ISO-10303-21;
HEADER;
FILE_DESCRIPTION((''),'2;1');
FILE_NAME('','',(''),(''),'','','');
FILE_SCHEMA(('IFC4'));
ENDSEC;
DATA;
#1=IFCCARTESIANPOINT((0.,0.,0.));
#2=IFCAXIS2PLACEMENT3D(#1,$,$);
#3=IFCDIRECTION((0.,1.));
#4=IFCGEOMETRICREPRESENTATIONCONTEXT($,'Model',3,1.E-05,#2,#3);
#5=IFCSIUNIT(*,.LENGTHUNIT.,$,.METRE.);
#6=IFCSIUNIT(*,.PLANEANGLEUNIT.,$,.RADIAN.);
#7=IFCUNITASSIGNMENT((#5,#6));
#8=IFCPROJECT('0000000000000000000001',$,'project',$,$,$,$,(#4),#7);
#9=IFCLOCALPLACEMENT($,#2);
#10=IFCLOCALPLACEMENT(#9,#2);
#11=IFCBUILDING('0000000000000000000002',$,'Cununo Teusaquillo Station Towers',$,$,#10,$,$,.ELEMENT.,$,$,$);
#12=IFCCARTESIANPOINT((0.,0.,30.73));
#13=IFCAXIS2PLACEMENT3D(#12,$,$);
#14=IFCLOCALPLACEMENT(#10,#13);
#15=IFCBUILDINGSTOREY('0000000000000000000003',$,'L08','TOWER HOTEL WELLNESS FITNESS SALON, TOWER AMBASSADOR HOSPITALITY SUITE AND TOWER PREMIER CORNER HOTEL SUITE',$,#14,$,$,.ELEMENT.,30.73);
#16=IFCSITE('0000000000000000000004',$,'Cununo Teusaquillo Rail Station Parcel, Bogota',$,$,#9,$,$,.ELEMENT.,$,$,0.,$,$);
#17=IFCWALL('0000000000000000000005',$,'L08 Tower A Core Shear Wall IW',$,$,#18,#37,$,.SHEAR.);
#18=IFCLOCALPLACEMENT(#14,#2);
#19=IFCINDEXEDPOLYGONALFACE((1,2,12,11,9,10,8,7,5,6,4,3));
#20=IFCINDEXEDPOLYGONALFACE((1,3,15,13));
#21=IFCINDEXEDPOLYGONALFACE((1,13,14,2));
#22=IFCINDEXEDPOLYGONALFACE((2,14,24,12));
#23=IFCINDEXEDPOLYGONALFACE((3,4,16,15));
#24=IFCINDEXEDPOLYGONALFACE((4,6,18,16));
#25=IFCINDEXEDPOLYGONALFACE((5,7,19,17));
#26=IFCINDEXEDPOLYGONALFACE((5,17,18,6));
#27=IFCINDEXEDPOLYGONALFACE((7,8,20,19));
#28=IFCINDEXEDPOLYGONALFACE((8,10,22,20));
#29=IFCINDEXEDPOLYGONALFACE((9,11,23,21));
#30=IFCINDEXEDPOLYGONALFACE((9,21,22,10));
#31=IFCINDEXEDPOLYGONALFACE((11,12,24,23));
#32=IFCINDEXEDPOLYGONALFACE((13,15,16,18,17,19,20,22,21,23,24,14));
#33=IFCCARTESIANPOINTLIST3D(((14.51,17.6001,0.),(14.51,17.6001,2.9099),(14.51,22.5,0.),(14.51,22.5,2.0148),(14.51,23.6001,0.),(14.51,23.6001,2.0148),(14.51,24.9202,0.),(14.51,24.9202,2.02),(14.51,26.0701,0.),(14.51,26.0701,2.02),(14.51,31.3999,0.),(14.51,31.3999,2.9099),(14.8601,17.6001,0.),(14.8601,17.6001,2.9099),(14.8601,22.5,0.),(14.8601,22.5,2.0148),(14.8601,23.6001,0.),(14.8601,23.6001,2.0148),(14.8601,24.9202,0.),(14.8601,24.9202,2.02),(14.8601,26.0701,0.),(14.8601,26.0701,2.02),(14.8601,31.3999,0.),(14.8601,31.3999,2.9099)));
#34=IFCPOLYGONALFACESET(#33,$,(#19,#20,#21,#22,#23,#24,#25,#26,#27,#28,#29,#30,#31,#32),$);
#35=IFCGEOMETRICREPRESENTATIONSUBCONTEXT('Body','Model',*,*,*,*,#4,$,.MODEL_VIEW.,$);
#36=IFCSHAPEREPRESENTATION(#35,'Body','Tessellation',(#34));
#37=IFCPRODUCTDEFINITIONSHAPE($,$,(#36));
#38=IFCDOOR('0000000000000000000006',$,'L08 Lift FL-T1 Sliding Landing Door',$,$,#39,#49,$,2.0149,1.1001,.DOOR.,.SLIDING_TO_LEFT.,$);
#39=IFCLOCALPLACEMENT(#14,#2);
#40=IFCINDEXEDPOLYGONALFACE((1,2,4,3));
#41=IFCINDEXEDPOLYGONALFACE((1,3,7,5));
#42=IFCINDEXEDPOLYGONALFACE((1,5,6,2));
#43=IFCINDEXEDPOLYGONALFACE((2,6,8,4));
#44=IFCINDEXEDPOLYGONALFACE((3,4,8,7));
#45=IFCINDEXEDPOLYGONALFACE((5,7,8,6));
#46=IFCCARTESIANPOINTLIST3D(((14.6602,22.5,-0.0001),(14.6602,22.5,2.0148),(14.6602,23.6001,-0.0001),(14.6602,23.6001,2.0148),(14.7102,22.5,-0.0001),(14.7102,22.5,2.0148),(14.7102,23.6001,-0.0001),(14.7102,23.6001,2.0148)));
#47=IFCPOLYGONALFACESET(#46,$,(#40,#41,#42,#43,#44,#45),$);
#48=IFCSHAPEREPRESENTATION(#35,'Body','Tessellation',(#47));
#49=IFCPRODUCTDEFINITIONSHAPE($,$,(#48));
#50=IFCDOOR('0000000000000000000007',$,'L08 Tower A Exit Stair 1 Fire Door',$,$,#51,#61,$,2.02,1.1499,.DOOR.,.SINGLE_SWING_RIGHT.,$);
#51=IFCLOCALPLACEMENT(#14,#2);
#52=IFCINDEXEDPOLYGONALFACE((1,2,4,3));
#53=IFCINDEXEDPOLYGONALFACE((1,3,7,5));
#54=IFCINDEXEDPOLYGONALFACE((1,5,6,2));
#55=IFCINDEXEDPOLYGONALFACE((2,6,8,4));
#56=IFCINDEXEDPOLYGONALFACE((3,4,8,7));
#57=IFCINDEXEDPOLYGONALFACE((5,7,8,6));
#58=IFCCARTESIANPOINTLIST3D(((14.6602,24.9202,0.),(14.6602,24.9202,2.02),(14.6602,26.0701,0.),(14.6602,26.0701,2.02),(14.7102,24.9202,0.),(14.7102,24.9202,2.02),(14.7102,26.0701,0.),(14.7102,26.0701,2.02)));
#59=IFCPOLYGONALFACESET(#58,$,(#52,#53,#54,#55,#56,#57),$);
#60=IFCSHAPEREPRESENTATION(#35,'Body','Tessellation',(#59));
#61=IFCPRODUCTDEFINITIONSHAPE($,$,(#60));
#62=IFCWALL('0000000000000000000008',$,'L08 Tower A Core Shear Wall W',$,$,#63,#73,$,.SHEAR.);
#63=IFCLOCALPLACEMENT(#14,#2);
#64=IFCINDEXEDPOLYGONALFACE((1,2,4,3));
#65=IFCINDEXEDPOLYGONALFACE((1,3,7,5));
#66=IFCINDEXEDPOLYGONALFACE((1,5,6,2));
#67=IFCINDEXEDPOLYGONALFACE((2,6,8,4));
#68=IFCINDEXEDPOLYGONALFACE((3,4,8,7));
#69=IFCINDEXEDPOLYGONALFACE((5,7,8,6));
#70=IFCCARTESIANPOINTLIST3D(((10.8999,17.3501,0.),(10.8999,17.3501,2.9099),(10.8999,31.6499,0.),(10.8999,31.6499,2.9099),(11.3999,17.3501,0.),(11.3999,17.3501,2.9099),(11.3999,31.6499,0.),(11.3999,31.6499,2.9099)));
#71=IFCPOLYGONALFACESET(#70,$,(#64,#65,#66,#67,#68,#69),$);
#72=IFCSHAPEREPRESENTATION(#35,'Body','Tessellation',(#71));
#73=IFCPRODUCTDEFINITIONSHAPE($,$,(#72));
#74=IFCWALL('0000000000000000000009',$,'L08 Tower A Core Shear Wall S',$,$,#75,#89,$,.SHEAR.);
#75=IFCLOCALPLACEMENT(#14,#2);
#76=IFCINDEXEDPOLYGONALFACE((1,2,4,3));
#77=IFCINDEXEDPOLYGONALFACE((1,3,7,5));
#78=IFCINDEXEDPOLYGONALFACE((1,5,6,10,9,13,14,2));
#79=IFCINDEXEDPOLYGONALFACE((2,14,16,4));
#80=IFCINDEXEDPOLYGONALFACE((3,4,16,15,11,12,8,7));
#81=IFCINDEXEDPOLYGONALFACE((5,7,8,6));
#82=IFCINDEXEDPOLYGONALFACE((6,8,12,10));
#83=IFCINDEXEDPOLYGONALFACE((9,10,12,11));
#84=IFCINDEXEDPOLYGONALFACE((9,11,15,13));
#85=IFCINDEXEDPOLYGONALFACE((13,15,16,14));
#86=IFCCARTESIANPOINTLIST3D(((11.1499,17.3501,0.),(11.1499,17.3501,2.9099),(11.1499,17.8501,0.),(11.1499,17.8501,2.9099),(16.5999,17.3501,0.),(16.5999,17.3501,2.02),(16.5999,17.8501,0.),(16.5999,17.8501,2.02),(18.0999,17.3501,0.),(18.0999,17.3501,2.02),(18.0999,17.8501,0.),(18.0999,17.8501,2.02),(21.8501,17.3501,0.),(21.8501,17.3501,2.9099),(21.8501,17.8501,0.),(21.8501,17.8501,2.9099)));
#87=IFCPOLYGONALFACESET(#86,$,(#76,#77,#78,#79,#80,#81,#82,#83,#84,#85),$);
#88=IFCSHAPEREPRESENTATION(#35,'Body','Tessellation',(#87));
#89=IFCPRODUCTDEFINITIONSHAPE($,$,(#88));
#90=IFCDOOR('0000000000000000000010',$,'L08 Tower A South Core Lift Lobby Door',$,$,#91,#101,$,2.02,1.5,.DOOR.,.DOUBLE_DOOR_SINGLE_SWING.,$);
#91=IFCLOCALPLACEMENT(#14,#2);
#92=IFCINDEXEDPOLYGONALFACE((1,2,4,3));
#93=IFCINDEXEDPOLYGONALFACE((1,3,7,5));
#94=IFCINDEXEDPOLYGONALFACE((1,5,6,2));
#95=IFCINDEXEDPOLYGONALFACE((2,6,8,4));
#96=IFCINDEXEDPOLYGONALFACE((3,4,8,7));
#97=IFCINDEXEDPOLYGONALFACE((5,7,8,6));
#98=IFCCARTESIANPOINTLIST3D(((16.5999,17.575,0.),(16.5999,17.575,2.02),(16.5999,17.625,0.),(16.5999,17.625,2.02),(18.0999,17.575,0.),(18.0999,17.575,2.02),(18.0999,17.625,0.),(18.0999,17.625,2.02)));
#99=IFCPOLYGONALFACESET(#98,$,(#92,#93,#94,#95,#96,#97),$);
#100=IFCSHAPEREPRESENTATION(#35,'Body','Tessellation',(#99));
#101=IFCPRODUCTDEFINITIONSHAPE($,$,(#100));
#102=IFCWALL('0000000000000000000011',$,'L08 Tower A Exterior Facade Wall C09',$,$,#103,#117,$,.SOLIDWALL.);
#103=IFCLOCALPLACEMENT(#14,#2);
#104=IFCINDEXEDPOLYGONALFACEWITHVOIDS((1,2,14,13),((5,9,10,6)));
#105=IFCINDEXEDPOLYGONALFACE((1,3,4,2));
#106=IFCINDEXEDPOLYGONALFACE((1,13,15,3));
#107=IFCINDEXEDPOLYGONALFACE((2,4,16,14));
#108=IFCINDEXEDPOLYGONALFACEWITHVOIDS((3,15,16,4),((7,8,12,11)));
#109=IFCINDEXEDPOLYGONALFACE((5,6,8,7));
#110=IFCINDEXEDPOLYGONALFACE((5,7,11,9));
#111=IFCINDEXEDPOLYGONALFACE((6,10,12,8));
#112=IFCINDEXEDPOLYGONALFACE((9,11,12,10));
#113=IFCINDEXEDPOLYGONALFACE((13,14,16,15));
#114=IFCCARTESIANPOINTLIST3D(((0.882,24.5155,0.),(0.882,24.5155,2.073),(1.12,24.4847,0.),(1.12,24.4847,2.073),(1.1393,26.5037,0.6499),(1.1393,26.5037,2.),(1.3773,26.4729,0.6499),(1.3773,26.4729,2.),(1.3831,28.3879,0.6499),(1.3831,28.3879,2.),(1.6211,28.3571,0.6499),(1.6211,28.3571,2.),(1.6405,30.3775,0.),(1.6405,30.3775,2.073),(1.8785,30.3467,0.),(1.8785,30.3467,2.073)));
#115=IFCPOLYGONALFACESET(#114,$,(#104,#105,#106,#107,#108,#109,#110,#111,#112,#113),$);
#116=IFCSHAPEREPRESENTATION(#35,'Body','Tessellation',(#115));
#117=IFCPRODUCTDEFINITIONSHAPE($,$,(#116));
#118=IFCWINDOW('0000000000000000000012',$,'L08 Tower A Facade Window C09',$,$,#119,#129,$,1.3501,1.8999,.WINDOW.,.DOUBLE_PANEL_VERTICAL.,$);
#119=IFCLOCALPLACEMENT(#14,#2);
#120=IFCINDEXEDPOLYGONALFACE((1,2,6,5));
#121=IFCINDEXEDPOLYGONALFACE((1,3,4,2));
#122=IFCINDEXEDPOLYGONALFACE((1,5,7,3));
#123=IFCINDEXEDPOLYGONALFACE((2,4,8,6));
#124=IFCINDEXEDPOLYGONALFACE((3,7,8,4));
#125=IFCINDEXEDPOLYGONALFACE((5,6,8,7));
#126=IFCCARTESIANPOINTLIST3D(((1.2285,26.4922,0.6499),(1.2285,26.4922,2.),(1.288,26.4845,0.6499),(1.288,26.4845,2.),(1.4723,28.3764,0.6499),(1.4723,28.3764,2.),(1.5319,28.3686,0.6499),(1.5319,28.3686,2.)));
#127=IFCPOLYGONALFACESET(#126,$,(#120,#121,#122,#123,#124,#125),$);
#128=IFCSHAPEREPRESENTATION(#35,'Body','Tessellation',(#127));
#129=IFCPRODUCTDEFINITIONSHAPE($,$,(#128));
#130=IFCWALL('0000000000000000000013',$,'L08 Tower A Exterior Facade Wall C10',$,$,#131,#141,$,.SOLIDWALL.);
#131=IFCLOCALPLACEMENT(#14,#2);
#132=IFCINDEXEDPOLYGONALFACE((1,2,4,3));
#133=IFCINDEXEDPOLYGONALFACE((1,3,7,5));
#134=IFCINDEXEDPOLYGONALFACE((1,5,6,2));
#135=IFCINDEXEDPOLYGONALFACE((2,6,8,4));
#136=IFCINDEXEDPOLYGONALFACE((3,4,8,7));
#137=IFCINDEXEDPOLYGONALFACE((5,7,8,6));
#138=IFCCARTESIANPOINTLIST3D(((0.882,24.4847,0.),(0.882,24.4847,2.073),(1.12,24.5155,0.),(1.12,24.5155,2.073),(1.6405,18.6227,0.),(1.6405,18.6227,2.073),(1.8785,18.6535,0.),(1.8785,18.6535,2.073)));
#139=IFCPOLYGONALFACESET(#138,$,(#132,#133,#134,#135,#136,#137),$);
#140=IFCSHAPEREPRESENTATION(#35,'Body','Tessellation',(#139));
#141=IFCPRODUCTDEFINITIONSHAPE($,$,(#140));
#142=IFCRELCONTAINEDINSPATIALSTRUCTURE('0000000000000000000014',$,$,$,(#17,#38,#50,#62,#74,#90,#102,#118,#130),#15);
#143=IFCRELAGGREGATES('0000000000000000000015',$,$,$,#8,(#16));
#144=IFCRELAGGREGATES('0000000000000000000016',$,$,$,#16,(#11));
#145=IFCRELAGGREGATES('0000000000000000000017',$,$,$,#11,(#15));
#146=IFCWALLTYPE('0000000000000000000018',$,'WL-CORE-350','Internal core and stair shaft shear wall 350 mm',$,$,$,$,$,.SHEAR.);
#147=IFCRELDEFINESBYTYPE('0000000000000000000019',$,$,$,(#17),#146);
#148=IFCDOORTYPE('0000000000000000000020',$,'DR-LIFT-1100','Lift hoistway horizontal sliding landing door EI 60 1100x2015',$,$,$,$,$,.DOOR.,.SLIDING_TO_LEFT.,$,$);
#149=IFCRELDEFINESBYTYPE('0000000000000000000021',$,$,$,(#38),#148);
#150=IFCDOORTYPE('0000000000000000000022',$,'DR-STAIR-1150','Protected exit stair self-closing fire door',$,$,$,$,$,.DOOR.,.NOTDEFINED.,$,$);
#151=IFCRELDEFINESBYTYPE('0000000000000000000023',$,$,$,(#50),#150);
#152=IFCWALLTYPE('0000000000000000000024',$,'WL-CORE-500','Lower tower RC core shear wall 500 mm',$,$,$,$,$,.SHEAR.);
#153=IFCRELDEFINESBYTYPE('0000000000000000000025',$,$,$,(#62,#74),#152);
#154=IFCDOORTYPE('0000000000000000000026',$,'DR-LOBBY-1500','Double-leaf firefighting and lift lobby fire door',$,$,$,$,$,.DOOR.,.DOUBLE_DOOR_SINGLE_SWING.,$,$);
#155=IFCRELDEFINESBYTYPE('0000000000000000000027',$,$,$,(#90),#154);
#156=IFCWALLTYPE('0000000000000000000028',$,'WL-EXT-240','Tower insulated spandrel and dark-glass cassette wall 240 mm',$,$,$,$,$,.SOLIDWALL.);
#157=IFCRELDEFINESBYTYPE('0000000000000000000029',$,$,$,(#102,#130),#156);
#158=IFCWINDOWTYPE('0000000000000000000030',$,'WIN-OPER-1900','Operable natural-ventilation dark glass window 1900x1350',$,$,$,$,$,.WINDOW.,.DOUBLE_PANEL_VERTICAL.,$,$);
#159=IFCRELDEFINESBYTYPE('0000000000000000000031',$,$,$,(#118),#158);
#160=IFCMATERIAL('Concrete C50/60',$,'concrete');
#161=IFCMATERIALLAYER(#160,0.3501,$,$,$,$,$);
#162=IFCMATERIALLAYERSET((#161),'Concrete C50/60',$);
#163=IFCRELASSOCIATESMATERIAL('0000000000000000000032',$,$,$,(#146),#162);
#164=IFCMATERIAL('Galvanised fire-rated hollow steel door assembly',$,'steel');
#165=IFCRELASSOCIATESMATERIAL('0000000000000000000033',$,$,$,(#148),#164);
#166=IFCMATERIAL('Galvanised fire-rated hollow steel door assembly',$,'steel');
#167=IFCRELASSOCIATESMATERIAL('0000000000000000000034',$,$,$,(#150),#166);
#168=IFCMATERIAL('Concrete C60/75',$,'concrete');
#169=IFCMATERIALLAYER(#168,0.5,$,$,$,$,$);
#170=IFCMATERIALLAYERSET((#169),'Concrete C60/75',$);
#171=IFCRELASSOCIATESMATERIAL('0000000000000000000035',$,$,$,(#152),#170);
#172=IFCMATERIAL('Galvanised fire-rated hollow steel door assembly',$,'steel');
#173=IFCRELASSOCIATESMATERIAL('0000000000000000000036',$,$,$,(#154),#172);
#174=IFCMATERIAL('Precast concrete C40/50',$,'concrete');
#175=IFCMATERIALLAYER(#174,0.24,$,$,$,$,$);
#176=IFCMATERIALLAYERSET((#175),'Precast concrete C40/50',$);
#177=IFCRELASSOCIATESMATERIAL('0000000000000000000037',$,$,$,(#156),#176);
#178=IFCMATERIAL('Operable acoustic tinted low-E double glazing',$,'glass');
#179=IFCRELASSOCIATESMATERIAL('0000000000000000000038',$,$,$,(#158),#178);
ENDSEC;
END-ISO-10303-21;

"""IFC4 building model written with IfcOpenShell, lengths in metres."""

from ifc_helpers import new_model, si_unit, direction, frame, frame_2d, origin, place, context, subcontext, project, spatial, rectangle, extrude, source, transform, mapped, material, layer, layer_set, type_object, element, fill, save


model = new_model("IFC4")

# Units and contexts
model_context = context("Model", 3, precision=1e-05, world=origin(), true_north=direction((0.0, 1.0)))
body_context = subcontext(model_context, "Body", "Model", "MODEL_VIEW")
ifc_project = project(units=[si_unit("LENGTHUNIT", "METRE"), si_unit("PLANEANGLEUNIT", "RADIAN")], contexts=[model_context])

# Site, building, storey
site_placement = place(None, origin())
site = spatial("IfcSite", under=ifc_project, at=site_placement, Name="Cununo Teusaquillo Rail Station Parcel, Bogota", CompositionType="ELEMENT", RefElevation=0.0)
building_placement = place(site_placement, origin())
building = spatial("IfcBuilding", under=site, at=building_placement, Name="Cununo Teusaquillo Station Towers", CompositionType="ELEMENT")
storey_placement = place(building_placement, frame((0.0, 0.0, 30.73)))
storey = spatial("IfcBuildingStorey", under=building, at=storey_placement, Name="L08", Description="TOWER HOTEL WELLNESS FITNESS SALON, TOWER AMBASSADOR HOSPITALITY SUITE AND TOWER PREMIER CORNER HOTEL SUITE", CompositionType="ELEMENT", Elevation=30.73)

# Wall, openings, doors
ifc_material_1 = material(Name="Concrete C50/60", Category="concrete")
ifc_layer_1 = layer(ifc_material_1, 0.3501)
ifc_layer_set_1 = layer_set([ifc_layer_1], Name="Concrete C50/60")
wall_type_1 = type_object("IfcWallType", Name="WL-CORE-350", Description="Internal core and stair shaft shear wall 350 mm", PredefinedType="SHEAR", material=ifc_layer_set_1)
wall_1_placement = place(storey_placement, frame((14.6851, 17.6001, 0.0), z_axis=(0.0, 0.0, 1.0), x_axis=(0.0, 1.0, 0.0)))
wall_1 = element("IfcWall", 1, at=wall_1_placement, inside=storey, type_object=wall_type_1, Name="L08 Tower A Core Shear Wall IW", PredefinedType="SHEAR", context=body_context, shape_type="SweptSolid", body=[
    extrude(rectangle(XDim=13.7998, YDim=0.3501, at=frame_2d((6.8999, 0.0))), origin(), (0.0, 0.0, 1.0), 2.9099),
])
shared_shape_1 = source(origin(), body_context, "Body", "SweptSolid", [
    extrude(rectangle(XDim=1.1001, YDim=2.0149, at=frame_2d((0.55, 1.0073))), frame((0.0, 0.1851, 0.0), z_axis=(0.0, -1.0, 0.0), x_axis=(1.0, 0.0, 0.0)), (0.0, 0.0, 1.0), 0.3701),
])
opening_1_placement = place(wall_1_placement, frame((4.8999, 0.0, 0.0)))
opening_1 = element("IfcOpeningElement", 2, at=opening_1_placement, cuts=wall_1, PredefinedType="OPENING", context=body_context, shape_type="MappedRepresentation", body=[
    mapped(shared_shape_1, transform((0.0, 0.0, 0.0), x_axis=(1.0, 0.0, 0.0), y_axis=(0.0, 1.0, 0.0), z_axis=(0.0, 0.0, 1.0), scale=1.0)),
])
shared_shape_2 = source(origin(), body_context, "Body", "SweptSolid", [
    extrude(rectangle(XDim=1.1499, YDim=2.02, at=frame_2d((0.575, 1.01))), frame((0.0, 0.1851, 0.0), z_axis=(0.0, -1.0, 0.0), x_axis=(1.0, 0.0, 0.0)), (0.0, 0.0, 1.0), 0.3701),
])
opening_2_placement = place(wall_1_placement, frame((7.3201, 0.0, 0.0)))
opening_2 = element("IfcOpeningElement", 3, at=opening_2_placement, cuts=wall_1, PredefinedType="OPENING", context=body_context, shape_type="MappedRepresentation", body=[
    mapped(shared_shape_2, transform((0.0, 0.0, 0.0), x_axis=(1.0, 0.0, 0.0), y_axis=(0.0, 1.0, 0.0), z_axis=(0.0, 0.0, 1.0), scale=1.0)),
])
ifc_material_2 = material(Name="Galvanised fire-rated hollow steel door assembly", Category="steel")
door_type_1 = type_object("IfcDoorType", Name="DR-LIFT-1100", Description="Lift hoistway horizontal sliding landing door EI 60 1100x2015", OperationType="SLIDING_TO_LEFT", PredefinedType="DOOR", material=ifc_material_2)
shared_shape_3 = source(origin(), body_context, "Body", "SweptSolid", [
    extrude(rectangle(XDim=1.1001, YDim=2.0149, at=frame_2d((0.55, 1.0073))), frame((0.0, 0.0249, 0.0), z_axis=(0.0, -1.0, 0.0), x_axis=(1.0, 0.0, 0.0)), (0.0, 0.0, 1.0), 0.05),
])
door_1_placement = place(opening_1_placement, origin())
door_1 = element("IfcDoor", 4, at=door_1_placement, inside=storey, type_object=door_type_1, Name="L08 Lift FL-T1 Sliding Landing Door", OperationType="SLIDING_TO_LEFT", OverallHeight=2.0149, OverallWidth=1.1001, PredefinedType="DOOR", context=body_context, shape_type="MappedRepresentation", body=[
    mapped(shared_shape_3, transform((0.0, 0.0, 0.0), x_axis=(1.0, 0.0, 0.0), y_axis=(0.0, 1.0, 0.0), z_axis=(0.0, 0.0, 1.0), scale=1.0)),
])
fill(opening_1, door_1)
ifc_material_3 = material(Name="Galvanised fire-rated hollow steel door assembly", Category="steel")
door_type_2 = type_object("IfcDoorType", Name="DR-STAIR-1150", Description="Protected exit stair self-closing fire door", OperationType="NOTDEFINED", PredefinedType="DOOR", material=ifc_material_3)
shared_shape_4 = source(origin(), body_context, "Body", "SweptSolid", [
    extrude(rectangle(XDim=1.1499, YDim=2.02, at=frame_2d((0.575, 1.01))), frame((0.0, 0.0249, 0.0), z_axis=(0.0, -1.0, 0.0), x_axis=(1.0, 0.0, 0.0)), (0.0, 0.0, 1.0), 0.05),
])
door_2_placement = place(opening_2_placement, origin())
door_2 = element("IfcDoor", 5, at=door_2_placement, inside=storey, type_object=door_type_2, Name="L08 Tower A Exit Stair 1 Fire Door", OperationType="SINGLE_SWING_RIGHT", OverallHeight=2.02, OverallWidth=1.1499, PredefinedType="DOOR", context=body_context, shape_type="MappedRepresentation", body=[
    mapped(shared_shape_4, transform((0.0, 0.0, 0.0), x_axis=(1.0, 0.0, 0.0), y_axis=(0.0, 1.0, 0.0), z_axis=(0.0, 0.0, 1.0), scale=1.0)),
])
fill(opening_2, door_2)

# Wall
ifc_material_4 = material(Name="Concrete C60/75", Category="concrete")
ifc_layer_2 = layer(ifc_material_4, 0.5)
ifc_layer_set_2 = layer_set([ifc_layer_2], Name="Concrete C60/75")
wall_type_2 = type_object("IfcWallType", Name="WL-CORE-500", Description="Lower tower RC core shear wall 500 mm", PredefinedType="SHEAR", material=ifc_layer_set_2)
wall_2_placement = place(storey_placement, frame((11.1499, 17.3501, 0.0), z_axis=(0.0, 0.0, 1.0), x_axis=(0.0, 1.0, 0.0)))
element("IfcWall", 6, at=wall_2_placement, inside=storey, type_object=wall_type_2, Name="L08 Tower A Core Shear Wall W", PredefinedType="SHEAR", context=body_context, shape_type="SweptSolid", body=[
    extrude(rectangle(XDim=14.2998, YDim=0.5, at=frame_2d((7.1499, 0.0))), origin(), (0.0, 0.0, 1.0), 2.9099),
])

# Wall, opening, door
wall_3_placement = place(storey_placement, frame((11.1499, 17.6001, 0.0), z_axis=(0.0, 0.0, 1.0), x_axis=(1.0, 0.0, 0.0)))
wall_3 = element("IfcWall", 7, at=wall_3_placement, inside=storey, type_object=wall_type_2, Name="L08 Tower A Core Shear Wall S", PredefinedType="SHEAR", context=body_context, shape_type="SweptSolid", body=[
    extrude(rectangle(XDim=10.7002, YDim=0.5, at=frame_2d((5.3501, 0.0))), origin(), (0.0, 0.0, 1.0), 2.9099),
])
shared_shape_5 = source(origin(), body_context, "Body", "SweptSolid", [
    extrude(rectangle(XDim=1.5, YDim=2.02, at=frame_2d((0.75, 1.01))), frame((0.0, 0.26, 0.0), z_axis=(0.0, -1.0, 0.0), x_axis=(1.0, 0.0, 0.0)), (0.0, 0.0, 1.0), 0.52),
])
opening_3_placement = place(wall_3_placement, frame((5.45, 0.0, 0.0)))
opening_3 = element("IfcOpeningElement", 8, at=opening_3_placement, cuts=wall_3, PredefinedType="OPENING", context=body_context, shape_type="MappedRepresentation", body=[
    mapped(shared_shape_5, transform((0.0, 0.0, 0.0), x_axis=(1.0, 0.0, 0.0), y_axis=(0.0, 1.0, 0.0), z_axis=(0.0, 0.0, 1.0), scale=1.0)),
])
ifc_material_5 = material(Name="Galvanised fire-rated hollow steel door assembly", Category="steel")
door_type_3 = type_object("IfcDoorType", Name="DR-LOBBY-1500", Description="Double-leaf firefighting and lift lobby fire door", OperationType="DOUBLE_DOOR_SINGLE_SWING", PredefinedType="DOOR", material=ifc_material_5)
shared_shape_6 = source(origin(), body_context, "Body", "SweptSolid", [
    extrude(rectangle(XDim=1.5, YDim=2.02, at=frame_2d((0.75, 1.01))), frame((0.0, 0.0249, 0.0), z_axis=(0.0, -1.0, 0.0), x_axis=(1.0, 0.0, 0.0)), (0.0, 0.0, 1.0), 0.05),
])
door_3_placement = place(opening_3_placement, origin())
door_3 = element("IfcDoor", 9, at=door_3_placement, inside=storey, type_object=door_type_3, Name="L08 Tower A South Core Lift Lobby Door", OperationType="DOUBLE_DOOR_SINGLE_SWING", OverallHeight=2.02, OverallWidth=1.5, PredefinedType="DOOR", context=body_context, shape_type="MappedRepresentation", body=[
    mapped(shared_shape_6, transform((0.0, 0.0, 0.0), x_axis=(1.0, 0.0, 0.0), y_axis=(0.0, 1.0, 0.0), z_axis=(0.0, 0.0, 1.0), scale=1.0)),
])
fill(opening_3, door_3)

# Wall, opening, window
ifc_material_6 = material(Name="Precast concrete C40/50", Category="concrete")
ifc_layer_3 = layer(ifc_material_6, 0.24)
ifc_layer_set_3 = layer_set([ifc_layer_3], Name="Precast concrete C40/50")
wall_type_3 = type_object("IfcWallType", Name="WL-EXT-240", Description="Tower insulated spandrel and dark-glass cassette wall 240 mm", PredefinedType="SOLIDWALL", material=ifc_layer_set_3)
wall_4_placement = place(storey_placement, frame((1.001, 24.5, 0.0), z_axis=(0.0, 0.0, 1.0), x_axis=(0.128329, 0.991732, 0.0)))
wall_4 = element("IfcWall", 10, at=wall_4_placement, inside=storey, type_object=wall_type_3, Name="L08 Tower A Exterior Facade Wall C09", PredefinedType="SOLIDWALL", context=body_context, shape_type="SweptSolid", body=[
    extrude(rectangle(XDim=5.9109, YDim=0.24, at=frame_2d((2.9556, 0.0))), origin(), (0.0, 0.0, 1.0), 2.073),
])
shared_shape_7 = source(origin(), body_context, "Body", "SweptSolid", [
    extrude(rectangle(XDim=1.8999, YDim=1.3501, at=frame_2d((0.95, 0.675))), frame((0.0, 0.1299, 0.0), z_axis=(0.0, -1.0, 0.0), x_axis=(1.0, 0.0, 0.0)), (0.0, 0.0, 1.0), 0.26),
])
opening_4_placement = place(wall_4_placement, frame((2.0049, 0.0, 0.6499)))
opening_4 = element("IfcOpeningElement", 11, at=opening_4_placement, cuts=wall_4, PredefinedType="OPENING", context=body_context, shape_type="MappedRepresentation", body=[
    mapped(shared_shape_7, transform((0.0, 0.0, 0.0), x_axis=(1.0, 0.0, 0.0), y_axis=(0.0, 1.0, 0.0), z_axis=(0.0, 0.0, 1.0), scale=1.0)),
])
ifc_material_7 = material(Name="Operable acoustic tinted low-E double glazing", Category="glass")
window_type = type_object("IfcWindowType", Name="WIN-OPER-1900", Description="Operable natural-ventilation dark glass window 1900x1350", PartitioningType="DOUBLE_PANEL_VERTICAL", PredefinedType="WINDOW", material=ifc_material_7)
shared_shape_8 = source(origin(), body_context, "Body", "SweptSolid", [
    extrude(rectangle(XDim=1.8999, YDim=1.3501, at=frame_2d((0.95, 0.675))), frame((0.0, 0.03, 0.0), z_axis=(0.0, -1.0, 0.0), x_axis=(1.0, 0.0, 0.0)), (0.0, 0.0, 1.0), 0.0601),
])
window_placement = place(opening_4_placement, origin())
window = element("IfcWindow", 12, at=window_placement, inside=storey, type_object=window_type, Name="L08 Tower A Facade Window C09", OverallHeight=1.3501, OverallWidth=1.8999, PartitioningType="DOUBLE_PANEL_VERTICAL", PredefinedType="WINDOW", context=body_context, shape_type="MappedRepresentation", body=[
    mapped(shared_shape_8, transform((0.0, 0.0, 0.0), x_axis=(1.0, 0.0, 0.0), y_axis=(0.0, 1.0, 0.0), z_axis=(0.0, 0.0, 1.0), scale=1.0)),
])
fill(opening_4, window)

# Wall
wall_5_placement = place(storey_placement, frame((1.7595, 18.6379, 0.0), z_axis=(0.0, 0.0, 1.0), x_axis=(-0.128329, 0.991732, 0.0)))
element("IfcWall", 13, at=wall_5_placement, inside=storey, type_object=wall_type_3, Name="L08 Tower A Exterior Facade Wall C10", PredefinedType="SOLIDWALL", context=body_context, shape_type="SweptSolid", body=[
    extrude(rectangle(XDim=5.9109, YDim=0.24, at=frame_2d((2.9556, 0.0))), origin(), (0.0, 0.0, 1.0), 2.073),
])

save(model, "model.ifc")
